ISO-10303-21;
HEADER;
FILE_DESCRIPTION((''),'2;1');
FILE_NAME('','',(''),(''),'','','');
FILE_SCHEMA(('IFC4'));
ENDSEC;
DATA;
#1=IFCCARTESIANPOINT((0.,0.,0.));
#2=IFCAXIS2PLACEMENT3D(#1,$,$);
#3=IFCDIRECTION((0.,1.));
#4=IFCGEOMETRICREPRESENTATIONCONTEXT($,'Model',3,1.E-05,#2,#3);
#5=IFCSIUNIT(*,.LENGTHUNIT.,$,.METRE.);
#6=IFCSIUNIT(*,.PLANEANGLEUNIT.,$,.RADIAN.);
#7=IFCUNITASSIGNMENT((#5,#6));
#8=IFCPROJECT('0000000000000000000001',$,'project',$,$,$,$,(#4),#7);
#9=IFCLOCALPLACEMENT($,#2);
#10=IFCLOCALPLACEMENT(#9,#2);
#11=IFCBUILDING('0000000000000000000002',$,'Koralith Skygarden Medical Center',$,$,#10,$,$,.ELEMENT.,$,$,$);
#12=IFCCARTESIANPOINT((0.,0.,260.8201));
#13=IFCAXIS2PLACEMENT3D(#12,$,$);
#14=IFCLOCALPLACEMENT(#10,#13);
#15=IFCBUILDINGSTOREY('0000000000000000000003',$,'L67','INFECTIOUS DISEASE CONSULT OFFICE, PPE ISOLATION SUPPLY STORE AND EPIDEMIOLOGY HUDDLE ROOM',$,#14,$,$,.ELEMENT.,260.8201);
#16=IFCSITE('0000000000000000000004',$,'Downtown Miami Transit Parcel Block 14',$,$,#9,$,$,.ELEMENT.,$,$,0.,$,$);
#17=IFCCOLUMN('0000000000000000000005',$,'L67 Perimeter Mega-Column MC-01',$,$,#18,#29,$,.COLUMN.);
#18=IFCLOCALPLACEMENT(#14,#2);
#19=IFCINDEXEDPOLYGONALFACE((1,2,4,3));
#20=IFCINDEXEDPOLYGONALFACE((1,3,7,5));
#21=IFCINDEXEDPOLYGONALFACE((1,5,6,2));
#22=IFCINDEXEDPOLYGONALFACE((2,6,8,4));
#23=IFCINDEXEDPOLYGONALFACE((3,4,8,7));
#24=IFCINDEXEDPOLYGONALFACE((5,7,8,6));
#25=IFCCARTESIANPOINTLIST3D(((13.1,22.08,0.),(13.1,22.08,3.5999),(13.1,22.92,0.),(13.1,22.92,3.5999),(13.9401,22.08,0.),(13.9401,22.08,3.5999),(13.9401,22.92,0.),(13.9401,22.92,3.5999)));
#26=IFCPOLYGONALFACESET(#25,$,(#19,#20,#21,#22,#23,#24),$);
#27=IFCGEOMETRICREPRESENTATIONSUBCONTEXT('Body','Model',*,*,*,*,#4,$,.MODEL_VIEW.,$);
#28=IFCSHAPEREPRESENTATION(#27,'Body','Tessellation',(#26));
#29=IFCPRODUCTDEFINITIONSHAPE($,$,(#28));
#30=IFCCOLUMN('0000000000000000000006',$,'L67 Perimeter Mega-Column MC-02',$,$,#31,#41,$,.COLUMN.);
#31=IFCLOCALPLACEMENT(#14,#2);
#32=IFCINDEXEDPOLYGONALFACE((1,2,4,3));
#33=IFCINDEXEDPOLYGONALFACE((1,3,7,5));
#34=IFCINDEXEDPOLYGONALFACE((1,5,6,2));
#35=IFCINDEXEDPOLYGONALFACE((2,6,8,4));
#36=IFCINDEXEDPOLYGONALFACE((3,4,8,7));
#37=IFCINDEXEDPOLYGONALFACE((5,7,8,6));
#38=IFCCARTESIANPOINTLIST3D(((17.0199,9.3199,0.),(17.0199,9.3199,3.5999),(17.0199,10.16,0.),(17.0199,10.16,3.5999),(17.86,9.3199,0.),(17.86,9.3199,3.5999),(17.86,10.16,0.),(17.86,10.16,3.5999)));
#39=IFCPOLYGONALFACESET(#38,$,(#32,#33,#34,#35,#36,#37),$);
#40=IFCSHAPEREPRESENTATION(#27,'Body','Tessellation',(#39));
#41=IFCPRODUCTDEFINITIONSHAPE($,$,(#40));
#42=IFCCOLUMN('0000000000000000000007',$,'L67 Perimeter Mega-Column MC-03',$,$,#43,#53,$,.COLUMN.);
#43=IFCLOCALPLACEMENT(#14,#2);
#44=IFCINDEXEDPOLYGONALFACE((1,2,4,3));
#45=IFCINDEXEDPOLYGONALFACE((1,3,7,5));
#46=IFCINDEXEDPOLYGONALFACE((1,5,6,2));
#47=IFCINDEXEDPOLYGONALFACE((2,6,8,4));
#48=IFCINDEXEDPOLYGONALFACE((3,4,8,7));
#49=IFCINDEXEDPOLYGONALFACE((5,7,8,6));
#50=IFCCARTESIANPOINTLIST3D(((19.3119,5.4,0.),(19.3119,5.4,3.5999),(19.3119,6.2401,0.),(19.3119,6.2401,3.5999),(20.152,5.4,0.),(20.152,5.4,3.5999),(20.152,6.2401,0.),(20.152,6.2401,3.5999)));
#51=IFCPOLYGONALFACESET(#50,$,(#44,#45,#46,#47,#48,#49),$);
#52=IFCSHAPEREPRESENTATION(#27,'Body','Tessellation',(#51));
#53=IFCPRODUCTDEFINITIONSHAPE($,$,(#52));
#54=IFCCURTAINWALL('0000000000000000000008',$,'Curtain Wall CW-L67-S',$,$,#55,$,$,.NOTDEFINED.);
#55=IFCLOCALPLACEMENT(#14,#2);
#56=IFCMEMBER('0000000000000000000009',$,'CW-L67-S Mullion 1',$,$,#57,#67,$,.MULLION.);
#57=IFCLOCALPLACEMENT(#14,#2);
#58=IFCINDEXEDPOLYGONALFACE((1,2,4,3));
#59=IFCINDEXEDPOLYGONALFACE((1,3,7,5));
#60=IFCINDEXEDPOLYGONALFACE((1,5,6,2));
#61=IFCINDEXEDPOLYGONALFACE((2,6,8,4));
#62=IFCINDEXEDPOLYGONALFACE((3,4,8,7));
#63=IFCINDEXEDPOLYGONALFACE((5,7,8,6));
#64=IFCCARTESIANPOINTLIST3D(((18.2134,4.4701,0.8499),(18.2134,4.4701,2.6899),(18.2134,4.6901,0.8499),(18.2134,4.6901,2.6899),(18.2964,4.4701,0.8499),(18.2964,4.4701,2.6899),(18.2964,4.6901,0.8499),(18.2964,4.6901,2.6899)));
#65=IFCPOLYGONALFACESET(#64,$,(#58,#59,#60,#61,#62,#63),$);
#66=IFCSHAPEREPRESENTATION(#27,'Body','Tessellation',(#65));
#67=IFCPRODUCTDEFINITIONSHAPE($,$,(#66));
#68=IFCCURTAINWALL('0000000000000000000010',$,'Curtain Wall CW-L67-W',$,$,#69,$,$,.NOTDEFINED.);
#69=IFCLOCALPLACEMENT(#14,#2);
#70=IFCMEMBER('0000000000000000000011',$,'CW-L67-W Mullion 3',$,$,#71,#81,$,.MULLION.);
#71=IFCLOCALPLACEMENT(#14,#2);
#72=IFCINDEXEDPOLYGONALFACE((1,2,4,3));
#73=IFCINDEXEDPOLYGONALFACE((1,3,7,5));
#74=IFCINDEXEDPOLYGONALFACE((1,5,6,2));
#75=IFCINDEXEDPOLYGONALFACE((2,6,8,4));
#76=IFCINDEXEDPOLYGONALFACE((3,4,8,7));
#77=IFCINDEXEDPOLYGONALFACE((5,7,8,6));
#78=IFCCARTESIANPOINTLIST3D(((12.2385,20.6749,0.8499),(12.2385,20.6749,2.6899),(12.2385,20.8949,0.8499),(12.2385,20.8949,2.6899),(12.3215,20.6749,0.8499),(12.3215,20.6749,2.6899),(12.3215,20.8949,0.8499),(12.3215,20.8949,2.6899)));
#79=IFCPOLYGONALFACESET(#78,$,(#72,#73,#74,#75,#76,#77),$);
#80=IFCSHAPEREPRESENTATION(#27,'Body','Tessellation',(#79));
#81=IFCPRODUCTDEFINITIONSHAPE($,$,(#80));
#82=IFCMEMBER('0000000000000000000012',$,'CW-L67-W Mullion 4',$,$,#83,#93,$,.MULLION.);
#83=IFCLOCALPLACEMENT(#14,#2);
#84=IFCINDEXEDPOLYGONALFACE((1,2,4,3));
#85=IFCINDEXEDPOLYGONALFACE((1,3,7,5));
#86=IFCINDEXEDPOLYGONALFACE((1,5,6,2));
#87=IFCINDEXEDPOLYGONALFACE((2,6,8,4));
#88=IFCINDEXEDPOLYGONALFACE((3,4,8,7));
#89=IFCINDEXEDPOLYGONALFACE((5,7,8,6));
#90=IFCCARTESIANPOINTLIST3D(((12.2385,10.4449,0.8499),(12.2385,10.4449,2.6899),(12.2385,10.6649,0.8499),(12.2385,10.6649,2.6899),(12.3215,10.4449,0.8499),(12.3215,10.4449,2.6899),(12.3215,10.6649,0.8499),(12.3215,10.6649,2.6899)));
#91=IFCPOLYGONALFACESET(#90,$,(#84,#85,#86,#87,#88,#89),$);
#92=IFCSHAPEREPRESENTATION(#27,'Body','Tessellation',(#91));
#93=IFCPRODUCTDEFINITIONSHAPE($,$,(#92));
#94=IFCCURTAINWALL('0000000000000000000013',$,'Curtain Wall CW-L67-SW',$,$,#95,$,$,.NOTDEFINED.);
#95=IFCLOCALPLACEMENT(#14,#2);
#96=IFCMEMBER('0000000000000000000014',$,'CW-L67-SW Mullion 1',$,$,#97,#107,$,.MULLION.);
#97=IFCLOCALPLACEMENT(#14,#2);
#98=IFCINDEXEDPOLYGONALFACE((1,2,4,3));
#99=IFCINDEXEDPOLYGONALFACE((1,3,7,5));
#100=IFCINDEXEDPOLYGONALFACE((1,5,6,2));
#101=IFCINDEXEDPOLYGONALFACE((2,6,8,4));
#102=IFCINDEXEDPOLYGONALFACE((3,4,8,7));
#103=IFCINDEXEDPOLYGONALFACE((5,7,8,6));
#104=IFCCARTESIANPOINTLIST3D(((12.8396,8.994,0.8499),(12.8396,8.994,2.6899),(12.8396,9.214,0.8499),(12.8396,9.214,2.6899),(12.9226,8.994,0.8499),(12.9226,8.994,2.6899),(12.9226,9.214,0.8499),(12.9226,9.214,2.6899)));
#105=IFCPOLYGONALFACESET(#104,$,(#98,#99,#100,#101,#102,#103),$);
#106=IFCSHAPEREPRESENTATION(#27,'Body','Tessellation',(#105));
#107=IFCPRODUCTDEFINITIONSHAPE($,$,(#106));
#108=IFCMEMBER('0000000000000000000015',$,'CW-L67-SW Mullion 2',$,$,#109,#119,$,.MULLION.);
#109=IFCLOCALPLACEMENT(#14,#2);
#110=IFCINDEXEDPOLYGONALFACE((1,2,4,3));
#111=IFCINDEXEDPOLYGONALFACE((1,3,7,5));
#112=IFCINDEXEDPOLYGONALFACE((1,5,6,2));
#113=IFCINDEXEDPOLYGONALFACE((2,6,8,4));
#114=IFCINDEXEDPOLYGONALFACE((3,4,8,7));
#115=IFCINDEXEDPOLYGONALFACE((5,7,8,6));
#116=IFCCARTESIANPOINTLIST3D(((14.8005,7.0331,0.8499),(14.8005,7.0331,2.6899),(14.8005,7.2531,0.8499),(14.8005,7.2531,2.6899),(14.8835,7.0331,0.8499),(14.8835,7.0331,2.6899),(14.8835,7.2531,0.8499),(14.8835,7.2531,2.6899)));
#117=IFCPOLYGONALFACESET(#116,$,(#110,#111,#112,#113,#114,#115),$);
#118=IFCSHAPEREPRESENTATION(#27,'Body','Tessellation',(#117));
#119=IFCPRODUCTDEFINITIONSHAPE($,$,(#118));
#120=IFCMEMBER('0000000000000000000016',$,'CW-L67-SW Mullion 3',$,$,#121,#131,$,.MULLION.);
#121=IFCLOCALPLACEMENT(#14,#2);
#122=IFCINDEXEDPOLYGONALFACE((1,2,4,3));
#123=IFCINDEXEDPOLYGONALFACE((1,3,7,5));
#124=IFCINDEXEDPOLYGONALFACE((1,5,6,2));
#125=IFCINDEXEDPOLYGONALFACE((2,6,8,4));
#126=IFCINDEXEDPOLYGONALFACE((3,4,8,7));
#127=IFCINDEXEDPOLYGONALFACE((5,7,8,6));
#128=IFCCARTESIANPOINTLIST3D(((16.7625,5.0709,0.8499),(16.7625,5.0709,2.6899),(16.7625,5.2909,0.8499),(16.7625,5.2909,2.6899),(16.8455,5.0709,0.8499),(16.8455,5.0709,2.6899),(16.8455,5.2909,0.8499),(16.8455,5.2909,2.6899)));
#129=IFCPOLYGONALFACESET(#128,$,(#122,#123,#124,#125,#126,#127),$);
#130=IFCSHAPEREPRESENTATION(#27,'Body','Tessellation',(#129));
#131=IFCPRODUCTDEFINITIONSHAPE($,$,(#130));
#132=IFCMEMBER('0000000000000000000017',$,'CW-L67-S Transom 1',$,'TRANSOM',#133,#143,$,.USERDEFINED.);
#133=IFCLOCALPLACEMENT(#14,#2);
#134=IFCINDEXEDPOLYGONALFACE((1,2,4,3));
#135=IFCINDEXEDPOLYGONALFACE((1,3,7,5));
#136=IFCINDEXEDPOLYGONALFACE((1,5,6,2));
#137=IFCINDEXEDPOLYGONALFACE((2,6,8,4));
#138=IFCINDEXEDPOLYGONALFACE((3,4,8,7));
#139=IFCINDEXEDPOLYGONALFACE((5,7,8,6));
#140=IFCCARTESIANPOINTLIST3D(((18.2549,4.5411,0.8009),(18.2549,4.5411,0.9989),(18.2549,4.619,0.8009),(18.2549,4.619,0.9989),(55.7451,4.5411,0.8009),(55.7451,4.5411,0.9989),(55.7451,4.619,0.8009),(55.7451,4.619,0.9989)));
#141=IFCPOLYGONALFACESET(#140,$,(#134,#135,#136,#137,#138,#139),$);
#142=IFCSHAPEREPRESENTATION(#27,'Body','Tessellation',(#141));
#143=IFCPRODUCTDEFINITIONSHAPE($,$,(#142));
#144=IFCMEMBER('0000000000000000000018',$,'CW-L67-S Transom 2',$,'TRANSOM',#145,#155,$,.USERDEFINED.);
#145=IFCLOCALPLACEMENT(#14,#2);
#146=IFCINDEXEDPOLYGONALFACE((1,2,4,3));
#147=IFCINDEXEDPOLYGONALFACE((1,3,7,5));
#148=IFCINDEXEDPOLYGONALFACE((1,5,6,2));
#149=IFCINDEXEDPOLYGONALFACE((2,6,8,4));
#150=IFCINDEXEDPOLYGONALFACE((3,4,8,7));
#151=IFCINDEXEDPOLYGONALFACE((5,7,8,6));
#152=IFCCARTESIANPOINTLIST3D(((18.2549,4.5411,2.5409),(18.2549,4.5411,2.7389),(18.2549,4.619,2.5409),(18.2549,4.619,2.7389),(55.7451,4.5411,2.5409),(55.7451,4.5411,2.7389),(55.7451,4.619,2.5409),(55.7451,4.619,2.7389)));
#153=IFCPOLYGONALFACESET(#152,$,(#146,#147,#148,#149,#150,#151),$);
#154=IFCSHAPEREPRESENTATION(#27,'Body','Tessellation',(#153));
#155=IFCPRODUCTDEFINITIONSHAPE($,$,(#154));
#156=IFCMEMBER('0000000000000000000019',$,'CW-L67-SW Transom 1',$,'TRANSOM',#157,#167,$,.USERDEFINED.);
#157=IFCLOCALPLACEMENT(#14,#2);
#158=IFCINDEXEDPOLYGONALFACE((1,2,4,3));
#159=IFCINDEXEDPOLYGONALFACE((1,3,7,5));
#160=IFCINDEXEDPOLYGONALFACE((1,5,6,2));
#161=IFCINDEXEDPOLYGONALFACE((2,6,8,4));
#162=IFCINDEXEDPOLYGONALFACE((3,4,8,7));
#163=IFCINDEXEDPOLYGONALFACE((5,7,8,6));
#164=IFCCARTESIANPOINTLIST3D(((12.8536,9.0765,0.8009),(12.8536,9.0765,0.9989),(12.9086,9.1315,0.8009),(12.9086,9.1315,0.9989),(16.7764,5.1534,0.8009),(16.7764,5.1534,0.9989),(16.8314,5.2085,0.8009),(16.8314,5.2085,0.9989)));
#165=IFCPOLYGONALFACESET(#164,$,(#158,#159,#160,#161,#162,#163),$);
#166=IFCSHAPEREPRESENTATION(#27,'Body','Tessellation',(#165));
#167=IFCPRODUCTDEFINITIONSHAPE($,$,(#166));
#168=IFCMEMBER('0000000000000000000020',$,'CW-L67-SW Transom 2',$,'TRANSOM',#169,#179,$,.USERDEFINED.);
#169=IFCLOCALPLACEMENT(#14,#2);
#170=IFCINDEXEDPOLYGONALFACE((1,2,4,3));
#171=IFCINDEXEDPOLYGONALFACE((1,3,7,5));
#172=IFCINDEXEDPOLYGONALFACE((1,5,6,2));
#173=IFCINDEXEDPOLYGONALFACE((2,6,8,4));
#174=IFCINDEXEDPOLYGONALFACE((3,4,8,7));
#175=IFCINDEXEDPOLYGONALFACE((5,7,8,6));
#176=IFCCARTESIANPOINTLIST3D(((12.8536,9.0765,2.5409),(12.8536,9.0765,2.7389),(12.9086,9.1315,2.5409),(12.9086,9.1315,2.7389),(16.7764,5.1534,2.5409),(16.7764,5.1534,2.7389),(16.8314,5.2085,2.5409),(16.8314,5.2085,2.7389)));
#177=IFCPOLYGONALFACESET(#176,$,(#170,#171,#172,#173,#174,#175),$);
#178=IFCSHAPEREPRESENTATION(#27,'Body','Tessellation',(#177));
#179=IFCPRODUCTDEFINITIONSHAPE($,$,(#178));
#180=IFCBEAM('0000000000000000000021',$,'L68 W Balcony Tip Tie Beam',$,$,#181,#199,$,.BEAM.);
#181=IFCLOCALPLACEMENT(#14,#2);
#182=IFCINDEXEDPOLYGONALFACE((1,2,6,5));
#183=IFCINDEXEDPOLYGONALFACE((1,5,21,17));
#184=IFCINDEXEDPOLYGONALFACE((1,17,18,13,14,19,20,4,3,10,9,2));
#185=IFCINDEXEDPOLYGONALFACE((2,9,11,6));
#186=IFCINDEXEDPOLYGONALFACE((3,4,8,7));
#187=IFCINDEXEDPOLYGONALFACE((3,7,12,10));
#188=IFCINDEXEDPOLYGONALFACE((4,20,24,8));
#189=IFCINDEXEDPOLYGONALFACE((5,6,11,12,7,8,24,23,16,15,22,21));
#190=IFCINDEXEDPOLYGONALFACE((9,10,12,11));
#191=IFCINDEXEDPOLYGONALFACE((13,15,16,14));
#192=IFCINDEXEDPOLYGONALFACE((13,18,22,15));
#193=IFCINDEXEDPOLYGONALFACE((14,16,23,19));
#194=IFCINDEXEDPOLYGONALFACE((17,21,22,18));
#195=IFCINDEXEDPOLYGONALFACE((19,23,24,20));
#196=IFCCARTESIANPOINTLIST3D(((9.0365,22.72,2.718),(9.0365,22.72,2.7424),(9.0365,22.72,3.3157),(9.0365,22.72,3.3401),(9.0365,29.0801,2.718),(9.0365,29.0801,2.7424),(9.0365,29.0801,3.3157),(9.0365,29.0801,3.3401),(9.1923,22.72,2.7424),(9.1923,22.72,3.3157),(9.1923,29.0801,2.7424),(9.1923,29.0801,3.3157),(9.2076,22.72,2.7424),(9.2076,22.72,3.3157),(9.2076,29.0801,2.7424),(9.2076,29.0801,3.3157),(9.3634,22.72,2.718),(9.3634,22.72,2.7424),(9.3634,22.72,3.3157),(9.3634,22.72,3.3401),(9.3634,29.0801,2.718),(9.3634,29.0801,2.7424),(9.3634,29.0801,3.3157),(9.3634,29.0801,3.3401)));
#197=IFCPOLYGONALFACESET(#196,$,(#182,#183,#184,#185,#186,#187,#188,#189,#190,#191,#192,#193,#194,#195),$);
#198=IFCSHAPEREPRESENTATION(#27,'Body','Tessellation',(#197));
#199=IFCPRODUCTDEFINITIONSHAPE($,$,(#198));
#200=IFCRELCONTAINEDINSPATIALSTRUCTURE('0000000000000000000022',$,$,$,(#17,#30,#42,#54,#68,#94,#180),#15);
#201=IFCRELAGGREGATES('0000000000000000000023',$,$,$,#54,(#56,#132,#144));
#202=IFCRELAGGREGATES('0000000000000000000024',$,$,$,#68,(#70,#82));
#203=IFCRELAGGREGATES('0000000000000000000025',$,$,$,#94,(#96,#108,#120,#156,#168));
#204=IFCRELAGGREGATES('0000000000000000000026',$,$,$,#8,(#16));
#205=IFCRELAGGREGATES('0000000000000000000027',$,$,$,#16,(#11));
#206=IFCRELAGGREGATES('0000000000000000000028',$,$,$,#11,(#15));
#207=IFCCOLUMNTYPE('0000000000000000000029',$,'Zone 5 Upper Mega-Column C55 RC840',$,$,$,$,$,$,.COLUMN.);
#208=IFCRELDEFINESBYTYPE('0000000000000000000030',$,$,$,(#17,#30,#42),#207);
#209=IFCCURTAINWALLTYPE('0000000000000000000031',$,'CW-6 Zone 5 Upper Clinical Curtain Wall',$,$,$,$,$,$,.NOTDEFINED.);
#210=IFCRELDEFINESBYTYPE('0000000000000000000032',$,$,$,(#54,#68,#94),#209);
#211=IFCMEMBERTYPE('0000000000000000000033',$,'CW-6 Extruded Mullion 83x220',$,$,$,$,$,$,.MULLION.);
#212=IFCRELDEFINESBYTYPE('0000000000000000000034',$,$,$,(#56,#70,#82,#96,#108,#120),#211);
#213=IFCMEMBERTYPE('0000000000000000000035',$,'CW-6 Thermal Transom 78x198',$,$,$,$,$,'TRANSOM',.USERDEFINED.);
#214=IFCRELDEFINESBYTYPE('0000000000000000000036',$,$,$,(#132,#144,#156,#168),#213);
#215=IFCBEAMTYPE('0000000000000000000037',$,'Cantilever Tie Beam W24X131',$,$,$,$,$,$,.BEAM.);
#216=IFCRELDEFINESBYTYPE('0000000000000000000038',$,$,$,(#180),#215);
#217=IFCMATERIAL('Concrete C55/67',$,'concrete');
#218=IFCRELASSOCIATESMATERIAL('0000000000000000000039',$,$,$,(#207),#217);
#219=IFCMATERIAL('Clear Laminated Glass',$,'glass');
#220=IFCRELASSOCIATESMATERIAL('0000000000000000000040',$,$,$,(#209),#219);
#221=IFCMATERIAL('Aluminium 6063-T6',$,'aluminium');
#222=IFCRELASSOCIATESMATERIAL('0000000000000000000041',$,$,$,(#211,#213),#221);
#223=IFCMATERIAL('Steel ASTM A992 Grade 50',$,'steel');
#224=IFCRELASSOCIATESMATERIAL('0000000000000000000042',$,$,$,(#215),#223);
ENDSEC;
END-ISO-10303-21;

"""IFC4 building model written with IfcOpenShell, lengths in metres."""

from ifc_helpers import new_model, si_unit, direction, frame, origin, origin_2d, place, context, subcontext, project, spatial, rectangle, i_section, extrude, material, material_profile, profile_set, type_object, element, aggregate, save


model = new_model("IFC4")

# Units and contexts
model_context = context("Model", 3, precision=1e-05, world=origin(), true_north=direction((0.0, 1.0)))
body_context = subcontext(model_context, "Body", "Model", "MODEL_VIEW")
ifc_project = project(units=[si_unit("LENGTHUNIT", "METRE"), si_unit("PLANEANGLEUNIT", "RADIAN")], contexts=[model_context])

# Site, building, storey
site_placement = place(None, origin())
site = spatial("IfcSite", under=ifc_project, at=site_placement, Name="Downtown Miami Transit Parcel Block 14", CompositionType="ELEMENT", RefElevation=0.0)
building_placement = place(site_placement, origin())
building = spatial("IfcBuilding", under=site, at=building_placement, Name="Koralith Skygarden Medical Center", CompositionType="ELEMENT")
storey_placement = place(building_placement, frame((0.0, 0.0, 260.8201)))
storey = spatial("IfcBuildingStorey", under=building, at=storey_placement, Name="L67", Description="INFECTIOUS DISEASE CONSULT OFFICE, PPE ISOLATION SUPPLY STORE AND EPIDEMIOLOGY HUDDLE ROOM", CompositionType="ELEMENT", Elevation=260.8201)

# Columns
ifc_material_1 = material(Name="Concrete C55/67", Category="concrete")
ifc_material_profile_1 = material_profile(ifc_material_1, rectangle(XDim=0.8401, YDim=0.8401, at=origin_2d()), Name="RC840X840")
ifc_profile_set_1 = profile_set([ifc_material_profile_1], Name="Concrete C55/67")
column_type = type_object("IfcColumnType", Name="Zone 5 Upper Mega-Column C55 RC840", PredefinedType="COLUMN", material=ifc_profile_set_1)
for number, where, z_axis, x_axis, name in (
    (1, (13.52, 22.5, 0.0), (0.0, 0.0, 1.0), (1.0, 0.0, 0.0), "L67 Perimeter Mega-Column MC-01"),
    (2, (17.4399, 9.74, 0.0), (0.0, 0.0, 1.0), (1.0, 0.0, 0.0), "L67 Perimeter Mega-Column MC-02"),
    (3, (19.7319, 5.8201, 0.0), (0.0, 0.0, 1.0), (1.0, 0.0, 0.0), "L67 Perimeter Mega-Column MC-03"),
):
    element("IfcColumn", number, at=place(storey_placement, frame(where, z_axis=z_axis, x_axis=x_axis)), inside=storey, type_object=column_type, Name=name, PredefinedType="COLUMN", context=body_context, shape_type="SweptSolid", body=[
        extrude(rectangle(XDim=0.8401, YDim=0.8401, at=origin_2d()), origin(), (0.0, 0.0, 1.0), 3.5999),
    ])

# Curtain wall, member
ifc_material_2 = material(Name="Clear Laminated Glass", Category="glass")
curtain_wall_type = type_object("IfcCurtainWallType", Name="CW-6 Zone 5 Upper Clinical Curtain Wall", PredefinedType="NOTDEFINED", material=ifc_material_2)
curtain_wall_1_placement = place(storey_placement, origin())
curtain_wall_1 = element("IfcCurtainWall", 4, at=curtain_wall_1_placement, inside=storey, type_object=curtain_wall_type, Name="Curtain Wall CW-L67-S", PredefinedType="NOTDEFINED")
ifc_material_3 = material(Name="Aluminium 6063-T6", Category="aluminium")
ifc_material_profile_2 = material_profile(ifc_material_3, rectangle(XDim=0.083, YDim=0.22, at=origin_2d()), Name="MUL83X220")
ifc_profile_set_2 = profile_set([ifc_material_profile_2], Name="Aluminium 6063-T6")
member_type_1 = type_object("IfcMemberType", Name="CW-6 Extruded Mullion 83x220", PredefinedType="MULLION", material=ifc_profile_set_2)
member_1_placement = place(storey_placement, frame((18.2549, 4.5801, 0.8499), z_axis=(0.0, 0.0, 1.0), x_axis=(1.0, 0.0, 0.0)))
member_1 = element("IfcMember", 5, at=member_1_placement, type_object=member_type_1, Name="CW-L67-S Mullion 1", PredefinedType="MULLION", context=body_context, shape_type="SweptSolid", body=[
    extrude(rectangle(XDim=0.083, YDim=0.22, at=origin_2d()), origin(), (0.0, 0.0, 1.0), 1.8401),
])

# Curtain walls, members
curtain_wall_2_placement = place(storey_placement, origin())
curtain_wall_2 = element("IfcCurtainWall", 6, at=curtain_wall_2_placement, inside=storey, type_object=curtain_wall_type, Name="Curtain Wall CW-L67-W", PredefinedType="NOTDEFINED")
member_2_placement = place(storey_placement, frame((12.28, 20.7849, 0.8499), z_axis=(0.0, 0.0, 1.0), x_axis=(1.0, 0.0, 0.0)))
member_2 = element("IfcMember", 7, at=member_2_placement, type_object=member_type_1, Name="CW-L67-W Mullion 3", PredefinedType="MULLION", context=body_context, shape_type="SweptSolid", body=[
    extrude(rectangle(XDim=0.083, YDim=0.22, at=origin_2d()), origin(), (0.0, 0.0, 1.0), 1.8401),
])
member_3_placement = place(storey_placement, frame((12.28, 10.5549, 0.8499), z_axis=(0.0, 0.0, 1.0), x_axis=(1.0, 0.0, 0.0)))
member_3 = element("IfcMember", 8, at=member_3_placement, type_object=member_type_1, Name="CW-L67-W Mullion 4", PredefinedType="MULLION", context=body_context, shape_type="SweptSolid", body=[
    extrude(rectangle(XDim=0.083, YDim=0.22, at=origin_2d()), origin(), (0.0, 0.0, 1.0), 1.8401),
])
curtain_wall_3_placement = place(storey_placement, origin())
curtain_wall_3 = element("IfcCurtainWall", 9, at=curtain_wall_3_placement, inside=storey, type_object=curtain_wall_type, Name="Curtain Wall CW-L67-SW", PredefinedType="NOTDEFINED")
member_4_placement = place(storey_placement, frame((12.8811, 9.104, 0.8499), z_axis=(0.0, 0.0, 1.0), x_axis=(1.0, 0.0, 0.0)))
member_4 = element("IfcMember", 10, at=member_4_placement, type_object=member_type_1, Name="CW-L67-SW Mullion 1", PredefinedType="MULLION", context=body_context, shape_type="SweptSolid", body=[
    extrude(rectangle(XDim=0.083, YDim=0.22, at=origin_2d()), origin(), (0.0, 0.0, 1.0), 1.8401),
])
member_5_placement = place(storey_placement, frame((14.842, 7.1431, 0.8499), z_axis=(0.0, 0.0, 1.0), x_axis=(1.0, 0.0, 0.0)))
member_5 = element("IfcMember", 11, at=member_5_placement, type_object=member_type_1, Name="CW-L67-SW Mullion 2", PredefinedType="MULLION", context=body_context, shape_type="SweptSolid", body=[
    extrude(rectangle(XDim=0.083, YDim=0.22, at=origin_2d()), origin(), (0.0, 0.0, 1.0), 1.8401),
])
member_6_placement = place(storey_placement, frame((16.804, 5.1809, 0.8499), z_axis=(0.0, 0.0, 1.0), x_axis=(1.0, 0.0, 0.0)))
member_6 = element("IfcMember", 12, at=member_6_placement, type_object=member_type_1, Name="CW-L67-SW Mullion 3", PredefinedType="MULLION", context=body_context, shape_type="SweptSolid", body=[
    extrude(rectangle(XDim=0.083, YDim=0.22, at=origin_2d()), origin(), (0.0, 0.0, 1.0), 1.8401),
])

# Members
ifc_material_profile_3 = material_profile(ifc_material_3, rectangle(XDim=0.0779, YDim=0.198, at=origin_2d()), Name="TRN78X198")
ifc_profile_set_3 = profile_set([ifc_material_profile_3], Name="Aluminium 6063-T6")
member_type_2 = type_object("IfcMemberType", Name="CW-6 Thermal Transom 78x198", ElementType="TRANSOM", PredefinedType="USERDEFINED", material=ifc_profile_set_3)
member_7_placement = place(storey_placement, frame((18.2549, 4.5801, 0.8999), z_axis=(1.0, 0.0, 0.0), x_axis=(0.0, 1.0, 0.0)))
member_7 = element("IfcMember", 13, at=member_7_placement, type_object=member_type_2, Name="CW-L67-S Transom 1", ObjectType="TRANSOM", PredefinedType="USERDEFINED", context=body_context, shape_type="SweptSolid", body=[
    extrude(rectangle(XDim=0.0779, YDim=0.198, at=origin_2d()), origin(), (0.0, 0.0, 1.0), 37.4902),
])
member_8_placement = place(storey_placement, frame((18.2549, 4.5801, 2.6399), z_axis=(1.0, 0.0, 0.0), x_axis=(0.0, 1.0, 0.0)))
member_8 = element("IfcMember", 14, at=member_8_placement, type_object=member_type_2, Name="CW-L67-S Transom 2", ObjectType="TRANSOM", PredefinedType="USERDEFINED", context=body_context, shape_type="SweptSolid", body=[
    extrude(rectangle(XDim=0.0779, YDim=0.198, at=origin_2d()), origin(), (0.0, 0.0, 1.0), 37.4902),
])
aggregate(curtain_wall_1, [member_1, member_7, member_8])
member_9_placement = place(storey_placement, frame((12.8811, 9.104, 0.8999), z_axis=(0.707085, -0.707129, 0.0), x_axis=(0.707129, 0.707085, 0.0)))
member_9 = element("IfcMember", 15, at=member_9_placement, type_object=member_type_2, Name="CW-L67-SW Transom 1", ObjectType="TRANSOM", PredefinedType="USERDEFINED", context=body_context, shape_type="SweptSolid", body=[
    extrude(rectangle(XDim=0.0779, YDim=0.198, at=origin_2d()), origin(), (0.0, 0.0, 1.0), 5.5479),
])
member_10_placement = place(storey_placement, frame((12.8811, 9.104, 2.6399), z_axis=(0.707085, -0.707129, 0.0), x_axis=(0.707129, 0.707085, 0.0)))
member_10 = element("IfcMember", 16, at=member_10_placement, type_object=member_type_2, Name="CW-L67-SW Transom 2", ObjectType="TRANSOM", PredefinedType="USERDEFINED", context=body_context, shape_type="SweptSolid", body=[
    extrude(rectangle(XDim=0.0779, YDim=0.198, at=origin_2d()), origin(), (0.0, 0.0, 1.0), 5.5479),
])

# Beam
ifc_material_4 = material(Name="Steel ASTM A992 Grade 50", Category="steel")
ifc_material_profile_4 = material_profile(ifc_material_4, i_section(OverallWidth=0.3269, OverallDepth=0.6221, WebThickness=0.0154, FlangeThickness=0.0244, at=origin_2d()), Name="W24X131")
ifc_profile_set_4 = profile_set([ifc_material_profile_4], Name="Steel ASTM A992 Grade 50")
beam_type_1 = type_object("IfcBeamType", Name="Cantilever Tie Beam W24X131", PredefinedType="BEAM", material=ifc_profile_set_4)
beam_1_placement = place(storey_placement, frame((9.2, 22.72, 3.0291), z_axis=(0.0, 1.0, 0.0), x_axis=(-1.0, 0.0, 0.0)))
element("IfcBeam", 17, at=beam_1_placement, inside=storey, type_object=beam_type_1, Name="L68 W Balcony Tip Tie Beam", PredefinedType="BEAM", context=body_context, shape_type="SweptSolid", body=[
    extrude(i_section(OverallWidth=0.3269, OverallDepth=0.6221, WebThickness=0.0154, FlangeThickness=0.0244, at=origin_2d()), origin(), (0.0, 0.0, 1.0), 6.3601),
])

aggregate(curtain_wall_2, [member_2, member_3])
aggregate(curtain_wall_3, [member_4, member_5, member_6, member_9, member_10])

save(model, "model.ifc")
